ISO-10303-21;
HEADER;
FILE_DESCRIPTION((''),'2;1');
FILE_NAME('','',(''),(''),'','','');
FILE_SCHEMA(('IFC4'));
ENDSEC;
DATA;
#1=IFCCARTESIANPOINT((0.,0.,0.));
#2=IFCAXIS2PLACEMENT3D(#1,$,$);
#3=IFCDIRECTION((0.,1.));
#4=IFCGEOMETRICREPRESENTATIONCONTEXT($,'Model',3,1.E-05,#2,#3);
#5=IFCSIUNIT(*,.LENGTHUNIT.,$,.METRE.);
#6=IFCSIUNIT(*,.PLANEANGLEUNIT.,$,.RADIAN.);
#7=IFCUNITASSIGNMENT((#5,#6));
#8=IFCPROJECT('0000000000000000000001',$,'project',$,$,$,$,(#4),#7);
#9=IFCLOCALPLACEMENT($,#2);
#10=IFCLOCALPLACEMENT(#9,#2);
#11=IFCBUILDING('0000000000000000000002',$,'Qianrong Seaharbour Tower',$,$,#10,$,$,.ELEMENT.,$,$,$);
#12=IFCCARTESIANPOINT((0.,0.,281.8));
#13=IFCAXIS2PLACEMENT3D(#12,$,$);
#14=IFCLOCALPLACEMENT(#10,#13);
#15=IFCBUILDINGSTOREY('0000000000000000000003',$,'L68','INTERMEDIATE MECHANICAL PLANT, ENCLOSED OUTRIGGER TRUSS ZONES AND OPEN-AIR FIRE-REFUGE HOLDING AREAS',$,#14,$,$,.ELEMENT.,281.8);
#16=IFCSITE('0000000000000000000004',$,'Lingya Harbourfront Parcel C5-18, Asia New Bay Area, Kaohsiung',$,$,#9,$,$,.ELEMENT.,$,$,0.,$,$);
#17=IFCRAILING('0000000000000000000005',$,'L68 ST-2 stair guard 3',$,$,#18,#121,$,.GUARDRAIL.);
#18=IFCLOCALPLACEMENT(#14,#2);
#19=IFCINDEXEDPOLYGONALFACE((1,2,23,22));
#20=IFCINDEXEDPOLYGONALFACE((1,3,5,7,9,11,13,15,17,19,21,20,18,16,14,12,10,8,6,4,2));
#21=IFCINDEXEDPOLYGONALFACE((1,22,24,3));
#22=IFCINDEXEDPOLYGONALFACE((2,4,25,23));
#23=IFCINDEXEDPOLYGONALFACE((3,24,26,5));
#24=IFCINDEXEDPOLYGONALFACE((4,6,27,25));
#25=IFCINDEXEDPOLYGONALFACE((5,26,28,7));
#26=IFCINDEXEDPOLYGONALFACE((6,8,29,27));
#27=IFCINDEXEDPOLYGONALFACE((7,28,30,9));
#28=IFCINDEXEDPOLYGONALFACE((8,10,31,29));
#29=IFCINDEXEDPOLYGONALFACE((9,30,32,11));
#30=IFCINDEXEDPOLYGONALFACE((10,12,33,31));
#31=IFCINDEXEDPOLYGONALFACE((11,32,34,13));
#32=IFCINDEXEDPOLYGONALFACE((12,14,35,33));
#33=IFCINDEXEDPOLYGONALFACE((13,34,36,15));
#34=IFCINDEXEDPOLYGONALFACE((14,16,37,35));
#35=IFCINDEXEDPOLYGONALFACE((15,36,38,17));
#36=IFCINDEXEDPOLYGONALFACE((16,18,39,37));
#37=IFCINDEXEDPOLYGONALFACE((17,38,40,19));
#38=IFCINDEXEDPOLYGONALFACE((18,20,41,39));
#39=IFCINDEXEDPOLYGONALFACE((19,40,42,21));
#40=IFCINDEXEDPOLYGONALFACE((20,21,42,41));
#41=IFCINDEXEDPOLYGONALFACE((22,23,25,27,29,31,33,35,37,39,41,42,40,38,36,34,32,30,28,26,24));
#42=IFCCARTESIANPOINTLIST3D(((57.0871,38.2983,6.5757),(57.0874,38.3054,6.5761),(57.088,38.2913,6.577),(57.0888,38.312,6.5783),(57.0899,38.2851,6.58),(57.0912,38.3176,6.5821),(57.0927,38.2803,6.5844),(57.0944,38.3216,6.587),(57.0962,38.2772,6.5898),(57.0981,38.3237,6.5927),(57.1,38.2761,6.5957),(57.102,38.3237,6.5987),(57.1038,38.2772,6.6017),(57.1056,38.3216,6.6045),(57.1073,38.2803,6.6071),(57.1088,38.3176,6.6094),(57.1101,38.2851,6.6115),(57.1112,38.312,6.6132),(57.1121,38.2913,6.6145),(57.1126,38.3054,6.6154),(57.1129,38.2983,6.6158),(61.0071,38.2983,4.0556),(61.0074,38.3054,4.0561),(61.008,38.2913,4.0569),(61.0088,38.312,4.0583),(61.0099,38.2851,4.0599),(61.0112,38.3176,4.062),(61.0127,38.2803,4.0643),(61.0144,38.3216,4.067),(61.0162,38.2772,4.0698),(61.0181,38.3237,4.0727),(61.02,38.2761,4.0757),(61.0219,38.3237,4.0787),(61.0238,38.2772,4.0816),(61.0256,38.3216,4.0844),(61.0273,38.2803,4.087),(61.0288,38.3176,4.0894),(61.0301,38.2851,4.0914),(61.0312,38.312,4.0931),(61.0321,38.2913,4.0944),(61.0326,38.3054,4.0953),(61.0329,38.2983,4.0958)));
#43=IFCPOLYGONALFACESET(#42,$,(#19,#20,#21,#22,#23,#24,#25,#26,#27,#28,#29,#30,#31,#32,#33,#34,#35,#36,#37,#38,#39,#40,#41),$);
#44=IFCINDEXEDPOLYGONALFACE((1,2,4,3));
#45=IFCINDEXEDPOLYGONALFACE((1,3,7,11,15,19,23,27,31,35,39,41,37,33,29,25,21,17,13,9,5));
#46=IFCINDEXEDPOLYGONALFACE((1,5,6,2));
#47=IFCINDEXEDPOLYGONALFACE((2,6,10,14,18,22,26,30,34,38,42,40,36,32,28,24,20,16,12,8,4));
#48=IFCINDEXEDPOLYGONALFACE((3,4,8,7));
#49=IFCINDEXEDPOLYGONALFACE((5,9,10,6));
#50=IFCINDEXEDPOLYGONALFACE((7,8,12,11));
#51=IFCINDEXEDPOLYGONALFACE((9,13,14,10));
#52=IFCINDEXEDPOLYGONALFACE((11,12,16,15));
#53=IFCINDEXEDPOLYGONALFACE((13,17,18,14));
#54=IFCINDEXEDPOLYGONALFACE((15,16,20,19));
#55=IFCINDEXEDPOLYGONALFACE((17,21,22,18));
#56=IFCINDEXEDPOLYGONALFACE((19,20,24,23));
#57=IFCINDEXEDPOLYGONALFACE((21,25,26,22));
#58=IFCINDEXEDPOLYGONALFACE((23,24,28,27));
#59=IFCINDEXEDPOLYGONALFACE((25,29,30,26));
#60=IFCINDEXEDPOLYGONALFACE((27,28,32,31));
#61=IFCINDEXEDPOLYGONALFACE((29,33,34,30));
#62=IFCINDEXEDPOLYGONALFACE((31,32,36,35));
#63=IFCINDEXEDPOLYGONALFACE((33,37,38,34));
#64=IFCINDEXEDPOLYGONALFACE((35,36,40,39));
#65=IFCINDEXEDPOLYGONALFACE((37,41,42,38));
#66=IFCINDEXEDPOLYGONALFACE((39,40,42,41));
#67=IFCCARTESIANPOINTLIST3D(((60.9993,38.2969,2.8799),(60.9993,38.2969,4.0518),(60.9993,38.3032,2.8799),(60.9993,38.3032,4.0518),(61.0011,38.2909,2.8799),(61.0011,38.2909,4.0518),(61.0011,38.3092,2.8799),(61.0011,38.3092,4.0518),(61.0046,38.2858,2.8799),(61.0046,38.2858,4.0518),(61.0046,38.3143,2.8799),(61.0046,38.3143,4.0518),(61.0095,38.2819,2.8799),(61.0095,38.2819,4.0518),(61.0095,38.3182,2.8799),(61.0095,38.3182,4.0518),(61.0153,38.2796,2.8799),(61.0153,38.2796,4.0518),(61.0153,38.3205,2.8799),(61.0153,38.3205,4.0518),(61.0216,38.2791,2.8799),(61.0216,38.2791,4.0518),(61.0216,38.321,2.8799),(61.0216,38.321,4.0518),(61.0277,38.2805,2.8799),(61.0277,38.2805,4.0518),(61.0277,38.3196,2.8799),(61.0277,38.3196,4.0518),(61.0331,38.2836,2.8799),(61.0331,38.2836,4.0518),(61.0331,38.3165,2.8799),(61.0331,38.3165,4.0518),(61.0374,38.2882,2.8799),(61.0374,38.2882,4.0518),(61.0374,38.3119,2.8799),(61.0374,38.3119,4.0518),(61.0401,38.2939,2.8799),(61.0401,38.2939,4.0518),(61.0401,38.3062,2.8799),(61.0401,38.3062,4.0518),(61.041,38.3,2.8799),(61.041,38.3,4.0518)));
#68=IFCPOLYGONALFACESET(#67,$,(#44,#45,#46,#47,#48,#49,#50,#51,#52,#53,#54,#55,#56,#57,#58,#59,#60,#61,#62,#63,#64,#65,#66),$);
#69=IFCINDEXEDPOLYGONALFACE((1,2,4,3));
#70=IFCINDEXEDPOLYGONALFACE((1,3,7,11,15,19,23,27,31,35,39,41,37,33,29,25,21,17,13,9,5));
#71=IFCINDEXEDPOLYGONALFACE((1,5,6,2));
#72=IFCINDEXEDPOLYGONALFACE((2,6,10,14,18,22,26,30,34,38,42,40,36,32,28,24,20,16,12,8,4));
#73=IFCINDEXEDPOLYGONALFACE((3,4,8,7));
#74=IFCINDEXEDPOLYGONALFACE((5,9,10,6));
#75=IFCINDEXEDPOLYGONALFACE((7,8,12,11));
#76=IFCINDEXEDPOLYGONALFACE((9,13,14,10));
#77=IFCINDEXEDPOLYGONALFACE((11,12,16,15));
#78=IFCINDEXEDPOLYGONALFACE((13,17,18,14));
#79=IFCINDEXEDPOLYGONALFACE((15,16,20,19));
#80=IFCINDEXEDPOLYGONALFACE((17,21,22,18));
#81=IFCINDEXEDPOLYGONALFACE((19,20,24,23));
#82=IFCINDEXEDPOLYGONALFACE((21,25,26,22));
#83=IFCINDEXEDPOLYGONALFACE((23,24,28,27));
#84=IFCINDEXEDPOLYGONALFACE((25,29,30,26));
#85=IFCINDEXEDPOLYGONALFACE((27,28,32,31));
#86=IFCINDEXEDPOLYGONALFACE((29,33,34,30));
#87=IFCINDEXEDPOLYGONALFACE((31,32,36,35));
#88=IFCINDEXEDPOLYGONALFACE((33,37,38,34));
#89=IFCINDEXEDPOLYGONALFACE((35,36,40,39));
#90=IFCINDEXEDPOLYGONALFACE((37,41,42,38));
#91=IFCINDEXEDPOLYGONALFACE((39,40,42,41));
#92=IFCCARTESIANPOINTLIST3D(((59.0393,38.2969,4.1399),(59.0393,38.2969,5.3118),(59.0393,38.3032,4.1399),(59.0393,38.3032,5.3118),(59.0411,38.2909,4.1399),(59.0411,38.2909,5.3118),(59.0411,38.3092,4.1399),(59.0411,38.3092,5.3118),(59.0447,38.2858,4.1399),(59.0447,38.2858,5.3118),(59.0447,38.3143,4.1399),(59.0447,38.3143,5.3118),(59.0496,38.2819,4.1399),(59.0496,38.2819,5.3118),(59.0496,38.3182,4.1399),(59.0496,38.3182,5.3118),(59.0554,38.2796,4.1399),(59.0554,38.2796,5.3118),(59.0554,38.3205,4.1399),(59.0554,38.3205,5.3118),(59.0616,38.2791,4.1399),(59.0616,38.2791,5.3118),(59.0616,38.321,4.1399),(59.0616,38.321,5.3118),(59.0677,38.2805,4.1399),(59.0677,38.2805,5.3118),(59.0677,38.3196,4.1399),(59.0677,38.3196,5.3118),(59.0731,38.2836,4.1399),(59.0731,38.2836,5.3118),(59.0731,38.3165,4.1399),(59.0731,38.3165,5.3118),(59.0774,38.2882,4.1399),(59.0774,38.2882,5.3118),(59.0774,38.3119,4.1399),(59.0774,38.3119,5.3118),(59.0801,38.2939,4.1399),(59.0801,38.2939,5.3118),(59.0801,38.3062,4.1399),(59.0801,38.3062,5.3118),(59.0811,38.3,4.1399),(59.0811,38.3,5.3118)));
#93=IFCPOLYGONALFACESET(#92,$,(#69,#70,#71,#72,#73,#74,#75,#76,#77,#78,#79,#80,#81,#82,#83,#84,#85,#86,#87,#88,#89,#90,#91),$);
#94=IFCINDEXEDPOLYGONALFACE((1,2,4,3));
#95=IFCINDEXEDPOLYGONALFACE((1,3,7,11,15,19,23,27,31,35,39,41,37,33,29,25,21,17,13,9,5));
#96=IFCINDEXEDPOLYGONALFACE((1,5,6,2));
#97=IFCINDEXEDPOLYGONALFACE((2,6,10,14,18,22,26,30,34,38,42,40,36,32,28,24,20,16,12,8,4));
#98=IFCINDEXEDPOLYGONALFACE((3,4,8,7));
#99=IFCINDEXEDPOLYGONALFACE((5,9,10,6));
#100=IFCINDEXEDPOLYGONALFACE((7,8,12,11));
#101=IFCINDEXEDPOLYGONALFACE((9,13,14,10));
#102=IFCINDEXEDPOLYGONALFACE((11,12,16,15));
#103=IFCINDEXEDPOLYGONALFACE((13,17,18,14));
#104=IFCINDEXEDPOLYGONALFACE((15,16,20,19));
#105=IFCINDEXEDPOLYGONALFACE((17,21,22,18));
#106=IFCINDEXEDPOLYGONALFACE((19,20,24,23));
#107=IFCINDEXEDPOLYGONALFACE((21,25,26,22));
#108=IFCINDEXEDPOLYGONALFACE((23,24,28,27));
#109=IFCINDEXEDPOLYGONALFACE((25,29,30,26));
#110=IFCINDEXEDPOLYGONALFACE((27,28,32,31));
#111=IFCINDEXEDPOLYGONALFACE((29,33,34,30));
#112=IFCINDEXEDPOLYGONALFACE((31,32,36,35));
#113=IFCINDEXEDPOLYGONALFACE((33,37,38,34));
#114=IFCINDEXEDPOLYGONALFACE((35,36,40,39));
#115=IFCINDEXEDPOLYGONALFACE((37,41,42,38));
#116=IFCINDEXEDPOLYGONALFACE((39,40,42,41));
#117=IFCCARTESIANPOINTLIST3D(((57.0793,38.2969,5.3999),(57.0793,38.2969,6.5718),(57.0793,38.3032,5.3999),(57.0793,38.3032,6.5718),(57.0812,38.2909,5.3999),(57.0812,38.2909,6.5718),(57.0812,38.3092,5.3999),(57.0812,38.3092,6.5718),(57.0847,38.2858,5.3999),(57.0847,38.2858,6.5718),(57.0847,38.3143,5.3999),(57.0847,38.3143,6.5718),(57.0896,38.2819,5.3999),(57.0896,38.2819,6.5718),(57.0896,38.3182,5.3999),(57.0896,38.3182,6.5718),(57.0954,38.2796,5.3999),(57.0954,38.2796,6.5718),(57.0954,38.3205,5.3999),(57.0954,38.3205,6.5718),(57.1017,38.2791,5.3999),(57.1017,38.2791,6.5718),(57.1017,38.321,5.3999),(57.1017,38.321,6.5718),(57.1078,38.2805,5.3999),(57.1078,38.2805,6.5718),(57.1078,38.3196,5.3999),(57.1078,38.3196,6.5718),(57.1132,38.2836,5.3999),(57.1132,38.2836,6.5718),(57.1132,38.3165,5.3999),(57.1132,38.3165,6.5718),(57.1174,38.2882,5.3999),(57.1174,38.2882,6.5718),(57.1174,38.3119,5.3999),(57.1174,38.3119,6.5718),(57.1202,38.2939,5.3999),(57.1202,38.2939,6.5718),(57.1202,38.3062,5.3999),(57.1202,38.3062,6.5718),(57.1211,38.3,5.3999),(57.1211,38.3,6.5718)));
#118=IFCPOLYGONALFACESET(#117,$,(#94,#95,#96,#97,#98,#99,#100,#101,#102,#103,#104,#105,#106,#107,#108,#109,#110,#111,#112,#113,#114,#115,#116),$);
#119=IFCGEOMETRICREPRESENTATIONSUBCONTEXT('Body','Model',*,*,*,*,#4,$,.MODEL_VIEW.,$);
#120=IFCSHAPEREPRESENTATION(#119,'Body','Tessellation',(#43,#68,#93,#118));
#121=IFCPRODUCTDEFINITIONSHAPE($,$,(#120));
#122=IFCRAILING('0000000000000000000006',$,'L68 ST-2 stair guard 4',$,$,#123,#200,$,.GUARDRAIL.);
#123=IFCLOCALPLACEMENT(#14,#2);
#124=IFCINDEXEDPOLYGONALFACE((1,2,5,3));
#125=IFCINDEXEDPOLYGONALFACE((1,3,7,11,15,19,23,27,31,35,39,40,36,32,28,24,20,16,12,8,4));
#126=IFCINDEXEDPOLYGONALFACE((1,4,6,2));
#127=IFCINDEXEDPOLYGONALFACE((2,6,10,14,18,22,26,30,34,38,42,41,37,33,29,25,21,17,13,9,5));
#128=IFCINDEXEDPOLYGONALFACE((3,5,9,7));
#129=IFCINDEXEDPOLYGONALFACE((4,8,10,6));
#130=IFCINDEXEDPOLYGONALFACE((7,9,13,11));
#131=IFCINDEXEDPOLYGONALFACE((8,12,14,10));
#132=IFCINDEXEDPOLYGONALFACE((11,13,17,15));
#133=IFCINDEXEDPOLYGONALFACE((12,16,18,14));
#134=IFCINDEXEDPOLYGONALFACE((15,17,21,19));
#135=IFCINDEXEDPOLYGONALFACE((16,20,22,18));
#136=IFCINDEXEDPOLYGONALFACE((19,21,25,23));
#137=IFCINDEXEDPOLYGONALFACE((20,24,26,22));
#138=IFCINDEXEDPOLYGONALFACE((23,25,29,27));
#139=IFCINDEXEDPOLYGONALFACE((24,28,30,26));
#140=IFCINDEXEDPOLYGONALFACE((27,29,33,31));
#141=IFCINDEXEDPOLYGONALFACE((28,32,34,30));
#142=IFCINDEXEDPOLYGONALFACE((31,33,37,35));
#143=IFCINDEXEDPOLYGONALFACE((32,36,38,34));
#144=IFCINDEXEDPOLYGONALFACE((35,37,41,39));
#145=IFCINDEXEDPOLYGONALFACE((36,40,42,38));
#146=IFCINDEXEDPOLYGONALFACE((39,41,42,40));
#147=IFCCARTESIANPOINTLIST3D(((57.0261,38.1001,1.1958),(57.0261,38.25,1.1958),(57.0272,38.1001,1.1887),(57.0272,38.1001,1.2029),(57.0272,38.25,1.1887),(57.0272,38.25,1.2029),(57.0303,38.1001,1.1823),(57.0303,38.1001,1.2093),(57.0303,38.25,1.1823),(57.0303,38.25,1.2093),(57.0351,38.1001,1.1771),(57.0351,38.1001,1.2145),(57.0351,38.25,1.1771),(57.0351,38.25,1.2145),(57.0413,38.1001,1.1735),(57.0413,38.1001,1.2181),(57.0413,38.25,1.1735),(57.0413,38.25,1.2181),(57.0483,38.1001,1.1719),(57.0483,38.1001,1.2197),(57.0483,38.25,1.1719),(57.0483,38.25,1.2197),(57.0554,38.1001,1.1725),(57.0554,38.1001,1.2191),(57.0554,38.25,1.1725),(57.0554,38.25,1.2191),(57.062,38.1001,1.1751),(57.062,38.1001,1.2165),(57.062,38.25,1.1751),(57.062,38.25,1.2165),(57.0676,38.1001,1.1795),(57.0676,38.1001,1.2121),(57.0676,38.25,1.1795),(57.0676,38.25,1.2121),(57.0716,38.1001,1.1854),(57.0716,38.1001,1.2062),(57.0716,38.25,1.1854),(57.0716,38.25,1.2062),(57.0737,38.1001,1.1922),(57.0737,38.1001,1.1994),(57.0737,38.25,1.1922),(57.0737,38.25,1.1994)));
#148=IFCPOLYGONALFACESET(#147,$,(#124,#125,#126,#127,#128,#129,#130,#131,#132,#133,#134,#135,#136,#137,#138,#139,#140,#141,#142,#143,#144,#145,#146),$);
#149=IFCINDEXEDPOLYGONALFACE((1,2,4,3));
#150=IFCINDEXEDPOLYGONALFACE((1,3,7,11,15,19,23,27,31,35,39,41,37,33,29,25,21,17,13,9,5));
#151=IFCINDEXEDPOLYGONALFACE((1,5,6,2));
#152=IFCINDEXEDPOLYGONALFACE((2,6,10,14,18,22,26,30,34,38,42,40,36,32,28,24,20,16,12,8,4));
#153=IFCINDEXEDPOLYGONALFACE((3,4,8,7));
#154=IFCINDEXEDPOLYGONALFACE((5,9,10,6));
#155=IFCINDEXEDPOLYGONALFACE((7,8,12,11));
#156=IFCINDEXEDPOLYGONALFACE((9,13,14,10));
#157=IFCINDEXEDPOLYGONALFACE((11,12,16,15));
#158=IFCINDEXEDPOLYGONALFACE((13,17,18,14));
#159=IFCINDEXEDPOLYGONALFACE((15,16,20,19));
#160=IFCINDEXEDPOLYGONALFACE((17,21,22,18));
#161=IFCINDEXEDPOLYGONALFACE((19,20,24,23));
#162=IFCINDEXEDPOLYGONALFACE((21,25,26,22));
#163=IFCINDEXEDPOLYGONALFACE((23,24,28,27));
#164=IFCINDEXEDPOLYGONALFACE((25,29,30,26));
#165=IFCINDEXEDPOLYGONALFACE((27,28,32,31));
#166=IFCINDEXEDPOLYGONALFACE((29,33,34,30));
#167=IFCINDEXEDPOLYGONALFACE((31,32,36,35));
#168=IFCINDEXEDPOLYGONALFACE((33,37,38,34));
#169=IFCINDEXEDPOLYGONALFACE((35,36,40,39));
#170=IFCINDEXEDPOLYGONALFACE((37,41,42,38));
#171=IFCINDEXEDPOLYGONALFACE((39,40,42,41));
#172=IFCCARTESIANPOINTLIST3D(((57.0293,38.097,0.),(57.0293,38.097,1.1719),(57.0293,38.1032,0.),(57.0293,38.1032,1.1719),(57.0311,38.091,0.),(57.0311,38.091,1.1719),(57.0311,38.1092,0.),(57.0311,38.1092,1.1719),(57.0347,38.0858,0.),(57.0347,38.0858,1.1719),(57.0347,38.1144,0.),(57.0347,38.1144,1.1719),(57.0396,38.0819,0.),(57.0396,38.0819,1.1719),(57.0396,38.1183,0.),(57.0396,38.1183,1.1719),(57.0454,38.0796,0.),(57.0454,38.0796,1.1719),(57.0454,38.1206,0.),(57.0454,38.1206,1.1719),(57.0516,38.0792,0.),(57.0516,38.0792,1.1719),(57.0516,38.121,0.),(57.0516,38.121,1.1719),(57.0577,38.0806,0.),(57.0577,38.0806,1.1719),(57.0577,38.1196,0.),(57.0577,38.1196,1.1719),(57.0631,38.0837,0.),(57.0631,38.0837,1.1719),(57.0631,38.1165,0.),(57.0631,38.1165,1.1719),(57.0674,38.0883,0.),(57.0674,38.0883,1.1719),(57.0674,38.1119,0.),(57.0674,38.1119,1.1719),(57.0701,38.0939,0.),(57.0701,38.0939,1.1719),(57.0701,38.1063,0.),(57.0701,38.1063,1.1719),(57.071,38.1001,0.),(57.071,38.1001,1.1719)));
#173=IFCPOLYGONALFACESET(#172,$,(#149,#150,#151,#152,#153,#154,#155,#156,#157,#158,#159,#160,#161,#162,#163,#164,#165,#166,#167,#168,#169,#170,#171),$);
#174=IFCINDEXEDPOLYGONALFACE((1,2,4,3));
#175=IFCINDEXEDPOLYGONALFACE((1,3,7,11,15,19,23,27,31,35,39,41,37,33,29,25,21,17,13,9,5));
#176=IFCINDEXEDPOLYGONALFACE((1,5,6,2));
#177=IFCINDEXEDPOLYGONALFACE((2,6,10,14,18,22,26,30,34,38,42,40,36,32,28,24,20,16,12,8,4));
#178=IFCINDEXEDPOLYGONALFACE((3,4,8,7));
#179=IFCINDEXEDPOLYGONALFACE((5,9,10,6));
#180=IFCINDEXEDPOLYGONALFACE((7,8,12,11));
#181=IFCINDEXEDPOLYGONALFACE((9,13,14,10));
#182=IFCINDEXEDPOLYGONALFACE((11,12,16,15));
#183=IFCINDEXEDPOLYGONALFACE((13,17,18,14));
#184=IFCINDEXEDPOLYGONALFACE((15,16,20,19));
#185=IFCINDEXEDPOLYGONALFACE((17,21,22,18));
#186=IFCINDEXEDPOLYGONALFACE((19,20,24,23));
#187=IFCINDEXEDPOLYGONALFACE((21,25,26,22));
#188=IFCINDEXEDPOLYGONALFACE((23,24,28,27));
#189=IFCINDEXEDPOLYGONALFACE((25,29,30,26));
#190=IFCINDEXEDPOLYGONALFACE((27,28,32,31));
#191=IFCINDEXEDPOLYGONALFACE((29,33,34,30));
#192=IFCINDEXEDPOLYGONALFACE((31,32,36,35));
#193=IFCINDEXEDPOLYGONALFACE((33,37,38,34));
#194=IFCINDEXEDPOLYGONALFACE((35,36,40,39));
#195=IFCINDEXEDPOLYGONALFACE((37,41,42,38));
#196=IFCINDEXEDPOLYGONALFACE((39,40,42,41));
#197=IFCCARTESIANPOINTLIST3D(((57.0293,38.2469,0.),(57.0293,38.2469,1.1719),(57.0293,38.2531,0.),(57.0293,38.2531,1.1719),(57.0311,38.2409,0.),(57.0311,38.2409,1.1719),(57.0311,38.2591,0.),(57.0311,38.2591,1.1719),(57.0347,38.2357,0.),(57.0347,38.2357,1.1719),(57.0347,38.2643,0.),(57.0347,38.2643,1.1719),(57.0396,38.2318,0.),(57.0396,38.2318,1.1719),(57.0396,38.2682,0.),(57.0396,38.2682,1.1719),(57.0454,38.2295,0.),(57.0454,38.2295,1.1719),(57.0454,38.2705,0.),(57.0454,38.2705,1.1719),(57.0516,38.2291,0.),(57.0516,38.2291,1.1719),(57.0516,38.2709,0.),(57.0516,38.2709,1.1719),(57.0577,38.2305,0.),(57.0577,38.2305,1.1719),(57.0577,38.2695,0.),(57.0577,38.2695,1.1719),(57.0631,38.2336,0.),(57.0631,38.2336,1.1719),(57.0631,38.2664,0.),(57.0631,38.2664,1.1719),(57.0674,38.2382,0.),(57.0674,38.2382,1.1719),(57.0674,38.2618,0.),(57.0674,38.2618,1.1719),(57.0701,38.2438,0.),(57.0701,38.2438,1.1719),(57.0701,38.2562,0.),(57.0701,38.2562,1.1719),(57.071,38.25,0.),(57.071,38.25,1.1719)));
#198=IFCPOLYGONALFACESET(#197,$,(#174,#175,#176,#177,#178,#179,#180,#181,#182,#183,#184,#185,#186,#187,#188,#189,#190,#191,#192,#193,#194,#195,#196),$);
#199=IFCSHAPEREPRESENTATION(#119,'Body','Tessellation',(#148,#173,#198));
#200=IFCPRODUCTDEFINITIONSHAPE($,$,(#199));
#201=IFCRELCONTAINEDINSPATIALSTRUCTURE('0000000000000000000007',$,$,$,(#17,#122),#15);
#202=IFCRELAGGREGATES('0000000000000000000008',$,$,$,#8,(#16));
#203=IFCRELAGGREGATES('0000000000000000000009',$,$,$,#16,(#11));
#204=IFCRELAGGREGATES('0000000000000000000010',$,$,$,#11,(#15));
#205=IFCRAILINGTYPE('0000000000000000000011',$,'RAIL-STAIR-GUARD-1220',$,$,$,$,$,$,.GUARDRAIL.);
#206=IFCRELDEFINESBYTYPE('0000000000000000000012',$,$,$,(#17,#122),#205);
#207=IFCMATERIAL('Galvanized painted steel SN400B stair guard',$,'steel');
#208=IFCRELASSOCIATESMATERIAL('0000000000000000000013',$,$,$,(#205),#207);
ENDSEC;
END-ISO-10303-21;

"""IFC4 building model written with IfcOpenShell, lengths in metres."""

from ifc_helpers import new_model, si_unit, direction, frame, origin, origin_2d, place, context, subcontext, project, spatial, circle, extrude, material, type_object, element, save


model = new_model("IFC4")

# Units and contexts
model_context = context("Model", 3, precision=1e-05, world=origin(), true_north=direction((0.0, 1.0)))
body_context = subcontext(model_context, "Body", "Model", "MODEL_VIEW")
ifc_project = project(units=[si_unit("LENGTHUNIT", "METRE"), si_unit("PLANEANGLEUNIT", "RADIAN")], contexts=[model_context])

# Site, building, storey
site_placement = place(None, origin())
site = spatial("IfcSite", under=ifc_project, at=site_placement, Name="Lingya Harbourfront Parcel C5-18, Asia New Bay Area, Kaohsiung", CompositionType="ELEMENT", RefElevation=0.0)
building_placement = place(site_placement, origin())
building = spatial("IfcBuilding", under=site, at=building_placement, Name="Qianrong Seaharbour Tower", CompositionType="ELEMENT")
storey_placement = place(building_placement, frame((0.0, 0.0, 281.8)))
storey = spatial("IfcBuildingStorey", under=building, at=storey_placement, Name="L68", Description="INTERMEDIATE MECHANICAL PLANT, ENCLOSED OUTRIGGER TRUSS ZONES AND OPEN-AIR FIRE-REFUGE HOLDING AREAS", CompositionType="ELEMENT", Elevation=281.8)

# Railings
ifc_material_1 = material(Name="Galvanized painted steel SN400B stair guard", Category="steel")
railing_type_1 = type_object("IfcRailingType", Name="RAIL-STAIR-GUARD-1220", PredefinedType="GUARDRAIL", material=ifc_material_1)
railing_1_placement = place(storey_placement, frame((61.02, 38.3, 2.8799)))
element("IfcRailing", 1, at=railing_1_placement, inside=storey, type_object=railing_type_1, Name="L68 ST-2 stair guard 3", PredefinedType="GUARDRAIL", context=body_context, shape_type="SweptSolid", body=[
    extrude(circle(Radius=0.0239, at=origin_2d()), frame((0.0, 0.0, 1.1958), z_axis=(-0.841172, 0.0, 0.540768), x_axis=(0.0, -1.0, 0.0)), (0.0, 0.0, 1.0), 4.6602),
    extrude(circle(Radius=0.021, at=origin_2d()), origin(), (0.0, 0.0, 1.0), 1.1719),
    extrude(circle(Radius=0.021, at=origin_2d()), frame((-1.96, 0.0, 1.26)), (0.0, 0.0, 1.0), 1.1719),
    extrude(circle(Radius=0.021, at=origin_2d()), frame((-3.9199, 0.0, 2.52)), (0.0, 0.0, 1.0), 1.1719),
])
railing_2_placement = place(storey_placement, frame((57.05, 38.1001, 0.0)))
element("IfcRailing", 2, at=railing_2_placement, inside=storey, type_object=railing_type_1, Name="L68 ST-2 stair guard 4", PredefinedType="GUARDRAIL", context=body_context, shape_type="SweptSolid", body=[
    extrude(circle(Radius=0.0239, at=origin_2d()), frame((0.0, 0.0, 1.1958), z_axis=(0.0, 1.0, 0.0), x_axis=(-1.0, 0.0, 0.0)), (0.0, 0.0, 1.0), 0.1499),
    extrude(circle(Radius=0.021, at=origin_2d()), origin(), (0.0, 0.0, 1.0), 1.1719),
    extrude(circle(Radius=0.021, at=origin_2d()), frame((0.0, 0.1499, 0.0)), (0.0, 0.0, 1.0), 1.1719),
])

save(model, "model.ifc")
